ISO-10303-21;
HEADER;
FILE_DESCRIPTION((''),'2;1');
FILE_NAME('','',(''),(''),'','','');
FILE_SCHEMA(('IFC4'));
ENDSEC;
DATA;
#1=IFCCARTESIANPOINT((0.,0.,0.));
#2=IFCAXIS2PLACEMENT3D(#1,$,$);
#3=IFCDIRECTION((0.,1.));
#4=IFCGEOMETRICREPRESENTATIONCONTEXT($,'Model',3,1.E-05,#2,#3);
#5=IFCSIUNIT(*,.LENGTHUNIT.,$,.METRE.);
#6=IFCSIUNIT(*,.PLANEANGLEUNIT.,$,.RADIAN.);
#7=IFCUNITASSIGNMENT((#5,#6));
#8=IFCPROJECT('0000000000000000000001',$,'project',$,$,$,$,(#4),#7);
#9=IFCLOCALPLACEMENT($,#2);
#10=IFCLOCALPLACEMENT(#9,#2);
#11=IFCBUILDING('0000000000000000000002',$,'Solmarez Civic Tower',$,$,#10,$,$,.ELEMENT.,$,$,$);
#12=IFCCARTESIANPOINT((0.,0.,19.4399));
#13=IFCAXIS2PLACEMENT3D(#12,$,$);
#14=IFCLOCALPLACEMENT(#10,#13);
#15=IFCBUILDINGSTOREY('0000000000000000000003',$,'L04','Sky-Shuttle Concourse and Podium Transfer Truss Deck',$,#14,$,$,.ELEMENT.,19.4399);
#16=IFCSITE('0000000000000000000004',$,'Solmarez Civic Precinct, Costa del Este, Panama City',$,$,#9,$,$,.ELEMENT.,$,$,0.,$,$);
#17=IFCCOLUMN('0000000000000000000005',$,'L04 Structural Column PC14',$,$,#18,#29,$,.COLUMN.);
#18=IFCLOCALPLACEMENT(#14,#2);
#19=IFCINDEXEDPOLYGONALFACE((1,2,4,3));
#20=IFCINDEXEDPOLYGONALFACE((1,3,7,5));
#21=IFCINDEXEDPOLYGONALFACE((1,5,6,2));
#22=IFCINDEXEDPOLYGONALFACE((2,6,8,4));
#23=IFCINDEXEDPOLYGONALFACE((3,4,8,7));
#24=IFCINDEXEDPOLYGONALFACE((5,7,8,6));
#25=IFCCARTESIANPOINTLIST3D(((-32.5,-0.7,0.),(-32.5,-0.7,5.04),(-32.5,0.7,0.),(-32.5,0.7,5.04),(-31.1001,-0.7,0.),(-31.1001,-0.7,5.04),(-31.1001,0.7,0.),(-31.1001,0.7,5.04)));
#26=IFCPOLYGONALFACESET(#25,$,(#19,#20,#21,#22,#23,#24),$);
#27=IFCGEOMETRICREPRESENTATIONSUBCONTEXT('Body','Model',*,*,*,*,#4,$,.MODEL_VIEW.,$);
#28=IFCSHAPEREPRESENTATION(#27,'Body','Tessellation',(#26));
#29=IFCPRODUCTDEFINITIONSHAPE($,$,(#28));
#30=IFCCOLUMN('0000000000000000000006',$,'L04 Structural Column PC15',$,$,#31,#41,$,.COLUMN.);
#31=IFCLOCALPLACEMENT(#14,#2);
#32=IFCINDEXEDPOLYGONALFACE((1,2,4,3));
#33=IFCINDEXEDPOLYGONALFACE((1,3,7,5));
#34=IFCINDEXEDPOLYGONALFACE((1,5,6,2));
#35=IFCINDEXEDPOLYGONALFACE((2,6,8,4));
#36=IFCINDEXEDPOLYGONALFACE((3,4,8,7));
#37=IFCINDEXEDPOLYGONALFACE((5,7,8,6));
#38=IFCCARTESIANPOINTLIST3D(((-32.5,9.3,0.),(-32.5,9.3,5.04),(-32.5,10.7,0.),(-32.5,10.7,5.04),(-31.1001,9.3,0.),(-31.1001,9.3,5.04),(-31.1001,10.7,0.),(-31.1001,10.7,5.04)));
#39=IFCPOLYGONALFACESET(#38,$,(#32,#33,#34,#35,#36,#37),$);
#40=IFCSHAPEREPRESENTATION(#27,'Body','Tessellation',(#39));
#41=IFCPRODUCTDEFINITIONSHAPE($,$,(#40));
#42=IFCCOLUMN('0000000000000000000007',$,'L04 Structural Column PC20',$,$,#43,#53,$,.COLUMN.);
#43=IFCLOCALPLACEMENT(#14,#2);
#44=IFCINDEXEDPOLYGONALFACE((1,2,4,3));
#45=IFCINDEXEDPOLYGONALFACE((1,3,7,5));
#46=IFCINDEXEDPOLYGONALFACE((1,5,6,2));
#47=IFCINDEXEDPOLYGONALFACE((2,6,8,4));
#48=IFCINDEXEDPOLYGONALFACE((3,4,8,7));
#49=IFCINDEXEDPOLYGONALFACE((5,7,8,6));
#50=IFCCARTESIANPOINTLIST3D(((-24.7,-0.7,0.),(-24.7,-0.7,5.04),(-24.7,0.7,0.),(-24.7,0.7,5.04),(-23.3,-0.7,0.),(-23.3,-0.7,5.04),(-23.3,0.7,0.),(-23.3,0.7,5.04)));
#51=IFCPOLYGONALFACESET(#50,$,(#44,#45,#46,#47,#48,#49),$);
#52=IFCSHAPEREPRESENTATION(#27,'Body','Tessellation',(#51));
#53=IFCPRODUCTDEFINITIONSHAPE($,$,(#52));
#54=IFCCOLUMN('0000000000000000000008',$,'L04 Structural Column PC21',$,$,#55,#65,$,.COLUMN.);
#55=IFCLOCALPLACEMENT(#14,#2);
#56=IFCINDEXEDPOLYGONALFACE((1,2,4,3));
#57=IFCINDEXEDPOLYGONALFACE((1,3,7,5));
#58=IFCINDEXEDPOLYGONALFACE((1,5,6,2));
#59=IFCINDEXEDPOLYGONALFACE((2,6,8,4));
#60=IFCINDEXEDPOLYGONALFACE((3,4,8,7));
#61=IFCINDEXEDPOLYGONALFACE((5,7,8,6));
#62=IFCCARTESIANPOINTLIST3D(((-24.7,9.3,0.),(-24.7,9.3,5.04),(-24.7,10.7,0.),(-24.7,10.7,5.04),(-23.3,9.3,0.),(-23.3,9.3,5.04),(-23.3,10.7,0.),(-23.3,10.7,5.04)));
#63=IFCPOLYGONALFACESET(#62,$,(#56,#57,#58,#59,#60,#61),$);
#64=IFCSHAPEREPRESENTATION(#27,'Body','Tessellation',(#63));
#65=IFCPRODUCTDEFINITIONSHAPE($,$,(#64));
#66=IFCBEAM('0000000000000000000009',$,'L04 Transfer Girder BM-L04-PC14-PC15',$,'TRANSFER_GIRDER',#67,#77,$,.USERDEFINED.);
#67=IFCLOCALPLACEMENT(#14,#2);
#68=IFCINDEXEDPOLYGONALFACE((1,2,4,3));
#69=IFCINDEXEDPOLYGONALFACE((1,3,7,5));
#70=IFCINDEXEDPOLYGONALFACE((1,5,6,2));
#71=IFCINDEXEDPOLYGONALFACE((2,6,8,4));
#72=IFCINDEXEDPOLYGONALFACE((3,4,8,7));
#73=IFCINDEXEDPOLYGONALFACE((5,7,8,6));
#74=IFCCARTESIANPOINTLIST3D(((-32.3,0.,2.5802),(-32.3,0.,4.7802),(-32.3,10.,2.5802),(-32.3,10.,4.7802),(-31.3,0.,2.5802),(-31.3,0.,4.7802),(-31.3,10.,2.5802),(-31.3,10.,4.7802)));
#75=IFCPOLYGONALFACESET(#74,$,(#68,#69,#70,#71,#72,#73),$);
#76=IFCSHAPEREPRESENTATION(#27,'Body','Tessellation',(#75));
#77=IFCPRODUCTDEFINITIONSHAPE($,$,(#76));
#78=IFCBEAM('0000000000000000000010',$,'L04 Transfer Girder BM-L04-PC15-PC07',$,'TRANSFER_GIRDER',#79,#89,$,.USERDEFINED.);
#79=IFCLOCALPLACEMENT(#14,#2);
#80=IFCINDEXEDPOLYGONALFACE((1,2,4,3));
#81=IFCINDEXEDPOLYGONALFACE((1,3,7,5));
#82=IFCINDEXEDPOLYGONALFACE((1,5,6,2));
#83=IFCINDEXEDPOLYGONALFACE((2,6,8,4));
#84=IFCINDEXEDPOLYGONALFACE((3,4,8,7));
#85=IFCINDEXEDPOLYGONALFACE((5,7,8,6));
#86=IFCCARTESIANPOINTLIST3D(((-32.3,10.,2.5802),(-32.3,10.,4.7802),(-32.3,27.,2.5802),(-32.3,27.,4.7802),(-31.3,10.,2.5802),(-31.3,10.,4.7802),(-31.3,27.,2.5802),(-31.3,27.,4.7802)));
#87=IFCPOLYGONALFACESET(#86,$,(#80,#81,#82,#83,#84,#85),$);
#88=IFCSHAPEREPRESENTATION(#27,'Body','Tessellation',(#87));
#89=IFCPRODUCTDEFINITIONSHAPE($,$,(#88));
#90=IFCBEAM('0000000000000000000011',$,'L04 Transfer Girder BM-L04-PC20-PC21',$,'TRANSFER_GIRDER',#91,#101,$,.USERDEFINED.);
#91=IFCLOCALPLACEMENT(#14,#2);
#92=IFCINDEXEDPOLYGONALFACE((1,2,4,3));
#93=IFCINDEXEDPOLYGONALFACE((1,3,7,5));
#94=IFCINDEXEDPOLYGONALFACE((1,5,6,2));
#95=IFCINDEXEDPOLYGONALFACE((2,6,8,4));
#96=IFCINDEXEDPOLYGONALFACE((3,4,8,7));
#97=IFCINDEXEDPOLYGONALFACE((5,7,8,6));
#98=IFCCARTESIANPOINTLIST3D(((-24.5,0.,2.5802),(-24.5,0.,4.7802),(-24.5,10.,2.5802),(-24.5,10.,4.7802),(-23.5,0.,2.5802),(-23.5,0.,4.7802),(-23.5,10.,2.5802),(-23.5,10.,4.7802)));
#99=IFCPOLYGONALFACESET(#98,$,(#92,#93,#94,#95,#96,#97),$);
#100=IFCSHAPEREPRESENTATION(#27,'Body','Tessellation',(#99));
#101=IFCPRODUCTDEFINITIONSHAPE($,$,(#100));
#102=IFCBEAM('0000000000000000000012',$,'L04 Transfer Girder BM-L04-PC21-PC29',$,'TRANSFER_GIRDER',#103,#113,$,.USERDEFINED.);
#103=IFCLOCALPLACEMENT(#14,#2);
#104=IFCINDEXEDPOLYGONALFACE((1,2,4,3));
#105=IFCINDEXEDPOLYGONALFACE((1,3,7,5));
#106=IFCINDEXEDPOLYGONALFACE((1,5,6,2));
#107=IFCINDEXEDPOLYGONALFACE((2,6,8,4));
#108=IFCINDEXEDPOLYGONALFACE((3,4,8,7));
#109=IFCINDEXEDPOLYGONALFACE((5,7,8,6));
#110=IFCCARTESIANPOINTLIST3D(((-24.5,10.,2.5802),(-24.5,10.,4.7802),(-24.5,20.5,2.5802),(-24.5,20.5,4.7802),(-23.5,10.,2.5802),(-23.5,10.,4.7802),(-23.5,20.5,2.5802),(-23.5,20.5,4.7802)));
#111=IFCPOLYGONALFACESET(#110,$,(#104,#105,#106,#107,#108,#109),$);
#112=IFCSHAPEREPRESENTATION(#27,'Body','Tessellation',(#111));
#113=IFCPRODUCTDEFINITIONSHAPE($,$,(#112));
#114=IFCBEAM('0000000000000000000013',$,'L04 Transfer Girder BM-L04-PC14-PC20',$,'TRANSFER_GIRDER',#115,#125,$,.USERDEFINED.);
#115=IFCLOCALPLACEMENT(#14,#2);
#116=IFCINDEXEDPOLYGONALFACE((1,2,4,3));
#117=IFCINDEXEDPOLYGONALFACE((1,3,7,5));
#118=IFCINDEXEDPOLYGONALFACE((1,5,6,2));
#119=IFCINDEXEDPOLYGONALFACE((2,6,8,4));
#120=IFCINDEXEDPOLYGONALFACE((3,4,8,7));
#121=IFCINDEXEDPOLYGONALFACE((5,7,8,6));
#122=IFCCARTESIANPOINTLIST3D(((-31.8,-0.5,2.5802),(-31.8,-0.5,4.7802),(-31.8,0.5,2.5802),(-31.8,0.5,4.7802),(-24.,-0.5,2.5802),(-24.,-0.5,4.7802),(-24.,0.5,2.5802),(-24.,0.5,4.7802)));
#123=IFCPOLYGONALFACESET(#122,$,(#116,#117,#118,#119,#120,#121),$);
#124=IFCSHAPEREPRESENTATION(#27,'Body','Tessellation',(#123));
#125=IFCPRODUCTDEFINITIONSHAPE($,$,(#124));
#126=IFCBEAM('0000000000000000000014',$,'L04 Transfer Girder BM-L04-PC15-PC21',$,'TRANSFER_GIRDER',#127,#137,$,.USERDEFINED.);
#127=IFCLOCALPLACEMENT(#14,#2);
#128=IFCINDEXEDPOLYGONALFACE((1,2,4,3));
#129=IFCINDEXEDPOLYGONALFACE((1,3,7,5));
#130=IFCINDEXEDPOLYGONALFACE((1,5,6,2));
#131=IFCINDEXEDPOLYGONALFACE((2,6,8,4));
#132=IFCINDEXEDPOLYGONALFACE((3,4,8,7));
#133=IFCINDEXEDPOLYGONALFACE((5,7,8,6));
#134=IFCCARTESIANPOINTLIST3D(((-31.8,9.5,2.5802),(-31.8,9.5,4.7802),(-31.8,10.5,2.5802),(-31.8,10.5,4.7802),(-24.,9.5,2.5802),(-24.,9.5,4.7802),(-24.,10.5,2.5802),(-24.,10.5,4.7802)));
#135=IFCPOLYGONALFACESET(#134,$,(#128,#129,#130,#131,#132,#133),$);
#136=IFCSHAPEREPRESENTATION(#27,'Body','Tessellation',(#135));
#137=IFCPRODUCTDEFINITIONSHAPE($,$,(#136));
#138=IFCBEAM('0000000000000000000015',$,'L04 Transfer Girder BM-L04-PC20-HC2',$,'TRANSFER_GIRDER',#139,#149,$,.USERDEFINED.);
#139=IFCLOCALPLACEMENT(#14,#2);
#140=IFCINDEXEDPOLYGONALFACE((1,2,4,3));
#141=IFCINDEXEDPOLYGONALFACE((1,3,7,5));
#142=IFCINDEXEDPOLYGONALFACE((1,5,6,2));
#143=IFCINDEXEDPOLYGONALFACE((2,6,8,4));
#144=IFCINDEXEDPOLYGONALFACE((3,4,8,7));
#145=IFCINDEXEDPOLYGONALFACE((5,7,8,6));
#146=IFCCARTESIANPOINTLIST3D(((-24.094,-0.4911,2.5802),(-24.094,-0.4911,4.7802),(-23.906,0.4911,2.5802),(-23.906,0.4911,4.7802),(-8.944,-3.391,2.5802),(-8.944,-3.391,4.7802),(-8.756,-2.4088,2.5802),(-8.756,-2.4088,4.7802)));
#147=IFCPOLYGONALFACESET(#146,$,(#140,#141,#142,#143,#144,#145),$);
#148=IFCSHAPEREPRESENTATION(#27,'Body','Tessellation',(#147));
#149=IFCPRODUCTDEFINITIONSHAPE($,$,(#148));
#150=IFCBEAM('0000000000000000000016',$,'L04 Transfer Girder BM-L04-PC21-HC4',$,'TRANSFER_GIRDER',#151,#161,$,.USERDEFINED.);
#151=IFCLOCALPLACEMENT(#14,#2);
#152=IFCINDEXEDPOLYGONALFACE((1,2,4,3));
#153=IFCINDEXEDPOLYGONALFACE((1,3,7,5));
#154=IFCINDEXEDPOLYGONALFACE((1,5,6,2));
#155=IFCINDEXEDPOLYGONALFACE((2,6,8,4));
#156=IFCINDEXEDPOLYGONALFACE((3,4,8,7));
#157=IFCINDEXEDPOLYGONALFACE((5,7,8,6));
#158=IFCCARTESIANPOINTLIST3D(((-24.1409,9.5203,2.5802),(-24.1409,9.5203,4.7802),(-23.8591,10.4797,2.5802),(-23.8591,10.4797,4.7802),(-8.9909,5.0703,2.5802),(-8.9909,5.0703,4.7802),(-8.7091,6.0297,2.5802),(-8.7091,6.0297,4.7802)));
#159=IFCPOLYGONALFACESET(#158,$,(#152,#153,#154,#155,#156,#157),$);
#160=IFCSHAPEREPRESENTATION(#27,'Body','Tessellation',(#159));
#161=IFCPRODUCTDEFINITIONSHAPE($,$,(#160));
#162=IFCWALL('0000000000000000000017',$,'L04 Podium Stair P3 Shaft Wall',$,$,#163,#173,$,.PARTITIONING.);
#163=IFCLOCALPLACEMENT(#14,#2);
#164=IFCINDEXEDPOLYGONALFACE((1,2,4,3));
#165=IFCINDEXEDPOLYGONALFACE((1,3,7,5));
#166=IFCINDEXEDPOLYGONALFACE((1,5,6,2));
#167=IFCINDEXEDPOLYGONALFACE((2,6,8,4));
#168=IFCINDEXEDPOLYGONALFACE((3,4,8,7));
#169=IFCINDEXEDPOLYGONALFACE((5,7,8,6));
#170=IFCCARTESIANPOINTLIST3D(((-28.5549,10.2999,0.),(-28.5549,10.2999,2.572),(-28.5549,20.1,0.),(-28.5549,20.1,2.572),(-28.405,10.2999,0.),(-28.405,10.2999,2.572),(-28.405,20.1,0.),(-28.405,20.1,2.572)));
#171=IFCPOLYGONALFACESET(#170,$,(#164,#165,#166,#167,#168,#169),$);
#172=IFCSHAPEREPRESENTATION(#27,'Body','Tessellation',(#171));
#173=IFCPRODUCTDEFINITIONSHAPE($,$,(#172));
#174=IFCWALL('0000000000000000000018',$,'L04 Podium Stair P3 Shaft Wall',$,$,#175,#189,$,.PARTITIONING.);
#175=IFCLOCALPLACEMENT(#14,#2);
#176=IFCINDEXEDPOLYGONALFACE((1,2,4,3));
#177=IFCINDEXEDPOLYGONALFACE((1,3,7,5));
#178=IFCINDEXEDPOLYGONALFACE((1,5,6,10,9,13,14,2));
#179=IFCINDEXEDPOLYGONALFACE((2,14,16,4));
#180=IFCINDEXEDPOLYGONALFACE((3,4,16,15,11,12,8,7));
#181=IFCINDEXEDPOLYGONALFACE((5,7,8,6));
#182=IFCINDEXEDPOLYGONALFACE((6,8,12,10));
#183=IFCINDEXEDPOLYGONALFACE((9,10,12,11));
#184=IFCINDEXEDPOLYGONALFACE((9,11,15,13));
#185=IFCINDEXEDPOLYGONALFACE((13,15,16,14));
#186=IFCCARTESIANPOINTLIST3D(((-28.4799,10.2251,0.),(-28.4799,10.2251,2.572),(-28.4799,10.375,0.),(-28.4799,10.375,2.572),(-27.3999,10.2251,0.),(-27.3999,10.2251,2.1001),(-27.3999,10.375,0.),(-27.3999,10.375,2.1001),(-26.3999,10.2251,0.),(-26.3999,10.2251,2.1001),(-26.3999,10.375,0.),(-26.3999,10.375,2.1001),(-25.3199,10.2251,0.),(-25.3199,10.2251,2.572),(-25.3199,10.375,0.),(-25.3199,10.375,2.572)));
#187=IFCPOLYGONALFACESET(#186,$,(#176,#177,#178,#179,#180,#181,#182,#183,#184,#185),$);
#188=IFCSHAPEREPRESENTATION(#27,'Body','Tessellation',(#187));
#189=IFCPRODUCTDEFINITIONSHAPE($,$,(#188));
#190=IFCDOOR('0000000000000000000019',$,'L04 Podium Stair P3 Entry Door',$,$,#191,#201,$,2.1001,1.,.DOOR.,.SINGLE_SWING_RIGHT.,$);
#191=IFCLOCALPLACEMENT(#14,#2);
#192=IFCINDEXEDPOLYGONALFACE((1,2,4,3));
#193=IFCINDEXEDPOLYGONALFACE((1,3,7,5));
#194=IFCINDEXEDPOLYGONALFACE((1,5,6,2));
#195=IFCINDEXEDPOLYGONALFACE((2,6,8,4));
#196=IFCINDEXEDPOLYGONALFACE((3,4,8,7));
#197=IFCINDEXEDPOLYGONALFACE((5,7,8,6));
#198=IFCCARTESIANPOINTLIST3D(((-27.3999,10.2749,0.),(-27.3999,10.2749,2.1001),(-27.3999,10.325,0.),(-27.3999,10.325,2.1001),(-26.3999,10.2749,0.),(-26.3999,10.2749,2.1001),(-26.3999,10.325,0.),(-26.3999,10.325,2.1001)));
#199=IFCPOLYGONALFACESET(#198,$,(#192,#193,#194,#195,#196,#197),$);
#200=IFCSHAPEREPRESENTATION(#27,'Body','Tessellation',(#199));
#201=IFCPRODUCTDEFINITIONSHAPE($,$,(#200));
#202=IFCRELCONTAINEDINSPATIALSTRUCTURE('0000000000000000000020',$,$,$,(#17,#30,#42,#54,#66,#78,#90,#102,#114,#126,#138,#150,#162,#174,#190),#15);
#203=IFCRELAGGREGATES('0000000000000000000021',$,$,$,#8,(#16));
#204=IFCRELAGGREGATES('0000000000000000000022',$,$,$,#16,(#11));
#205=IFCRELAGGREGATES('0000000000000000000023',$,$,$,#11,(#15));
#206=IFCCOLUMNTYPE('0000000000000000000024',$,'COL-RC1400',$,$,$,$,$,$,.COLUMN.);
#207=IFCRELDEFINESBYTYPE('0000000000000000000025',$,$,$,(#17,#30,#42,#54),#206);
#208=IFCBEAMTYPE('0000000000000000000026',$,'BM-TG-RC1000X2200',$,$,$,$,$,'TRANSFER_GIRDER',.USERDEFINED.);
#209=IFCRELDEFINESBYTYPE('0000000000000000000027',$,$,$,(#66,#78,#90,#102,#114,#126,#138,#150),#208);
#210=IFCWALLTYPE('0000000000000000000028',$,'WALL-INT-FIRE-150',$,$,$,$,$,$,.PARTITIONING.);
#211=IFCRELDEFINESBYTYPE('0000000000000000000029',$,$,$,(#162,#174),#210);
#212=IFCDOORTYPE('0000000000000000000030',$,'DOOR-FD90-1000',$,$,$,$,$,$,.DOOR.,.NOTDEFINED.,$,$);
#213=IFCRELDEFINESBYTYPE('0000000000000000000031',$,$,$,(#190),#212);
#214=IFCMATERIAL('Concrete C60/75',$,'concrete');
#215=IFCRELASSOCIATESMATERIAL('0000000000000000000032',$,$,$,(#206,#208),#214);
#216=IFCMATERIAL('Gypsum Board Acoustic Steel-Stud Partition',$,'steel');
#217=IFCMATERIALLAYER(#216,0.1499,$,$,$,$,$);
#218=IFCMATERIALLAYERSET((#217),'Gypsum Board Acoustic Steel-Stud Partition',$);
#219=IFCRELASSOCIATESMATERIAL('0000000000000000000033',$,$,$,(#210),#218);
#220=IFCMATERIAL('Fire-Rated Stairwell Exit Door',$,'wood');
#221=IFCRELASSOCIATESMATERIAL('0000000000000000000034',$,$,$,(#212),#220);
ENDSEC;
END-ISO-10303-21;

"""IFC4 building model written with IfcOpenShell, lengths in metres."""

from ifc_helpers import new_model, si_unit, direction, frame, frame_2d, origin, origin_2d, place, context, subcontext, project, spatial, rectangle, extrude, material, layer, layer_set, material_profile, profile_set, type_object, element, fill, save


model = new_model("IFC4")

# Units and contexts
model_context = context("Model", 3, precision=1e-05, world=origin(), true_north=direction((0.0, 1.0)))
body_context = subcontext(model_context, "Body", "Model", "MODEL_VIEW")
ifc_project = project(units=[si_unit("LENGTHUNIT", "METRE"), si_unit("PLANEANGLEUNIT", "RADIAN")], contexts=[model_context])

# Site, building, storey
site_placement = place(None, origin())
site = spatial("IfcSite", under=ifc_project, at=site_placement, Name="Solmarez Civic Precinct, Costa del Este, Panama City", CompositionType="ELEMENT", RefElevation=0.0)
building_placement = place(site_placement, origin())
building = spatial("IfcBuilding", under=site, at=building_placement, Name="Solmarez Civic Tower", CompositionType="ELEMENT")
storey_placement = place(building_placement, frame((0.0, 0.0, 19.4399)))
storey = spatial("IfcBuildingStorey", under=building, at=storey_placement, Name="L04", Description="Sky-Shuttle Concourse and Podium Transfer Truss Deck", CompositionType="ELEMENT", Elevation=19.4399)

# Columns
ifc_material_1 = material(Name="Concrete C60/75", Category="concrete")
ifc_material_profile_1 = material_profile(ifc_material_1, rectangle(XDim=1.3999, YDim=1.3999, at=origin_2d()), Name="RC1400X1400")
ifc_profile_set_1 = profile_set([ifc_material_profile_1], Name="Concrete C60/75")
column_type = type_object("IfcColumnType", Name="COL-RC1400", PredefinedType="COLUMN", material=ifc_profile_set_1)
for number, where, z_axis, x_axis, name in (
    (1, (-31.8, 0.0, 0.0), (0.0, 0.0, 1.0), (1.0, 0.0, 0.0), "L04 Structural Column PC14"),
    (2, (-31.8, 10.0, 0.0), (0.0, 0.0, 1.0), (1.0, 0.0, 0.0), "L04 Structural Column PC15"),
    (3, (-24.0, 0.0, 0.0), (0.0, 0.0, 1.0), (1.0, 0.0, 0.0), "L04 Structural Column PC20"),
    (4, (-24.0, 10.0, 0.0), (0.0, 0.0, 1.0), (1.0, 0.0, 0.0), "L04 Structural Column PC21"),
):
    element("IfcColumn", number, at=place(storey_placement, frame(where, z_axis=z_axis, x_axis=x_axis)), inside=storey, type_object=column_type, Name=name, PredefinedType="COLUMN", context=body_context, shape_type="SweptSolid", body=[
        extrude(rectangle(XDim=1.3999, YDim=1.3999, at=origin_2d()), origin(), (0.0, 0.0, 1.0), 5.04),
    ])

# Beams
ifc_material_profile_2 = material_profile(ifc_material_1, rectangle(XDim=1.0, YDim=2.2, at=origin_2d()), Name="RC1000X2200")
ifc_profile_set_2 = profile_set([ifc_material_profile_2], Name="Concrete C60/75")
beam_type = type_object("IfcBeamType", Name="BM-TG-RC1000X2200", ElementType="TRANSFER_GIRDER", PredefinedType="USERDEFINED", material=ifc_profile_set_2)
beam_1_placement = place(storey_placement, frame((-31.8, 0.0, 3.6802), z_axis=(0.0, 1.0, 0.0), x_axis=(-1.0, 0.0, 0.0)))
element("IfcBeam", 5, at=beam_1_placement, inside=storey, type_object=beam_type, Name="L04 Transfer Girder BM-L04-PC14-PC15", ObjectType="TRANSFER_GIRDER", PredefinedType="USERDEFINED", context=body_context, shape_type="SweptSolid", body=[
    extrude(rectangle(XDim=1.0, YDim=2.2, at=origin_2d()), origin(), (0.0, 0.0, 1.0), 10.0),
])
beam_2_placement = place(storey_placement, frame((-31.8, 10.0, 3.6802), z_axis=(0.0, 1.0, 0.0), x_axis=(-1.0, 0.0, 0.0)))
element("IfcBeam", 6, at=beam_2_placement, inside=storey, type_object=beam_type, Name="L04 Transfer Girder BM-L04-PC15-PC07", ObjectType="TRANSFER_GIRDER", PredefinedType="USERDEFINED", context=body_context, shape_type="SweptSolid", body=[
    extrude(rectangle(XDim=1.0, YDim=2.2, at=origin_2d()), origin(), (0.0, 0.0, 1.0), 17.0),
])
beam_3_placement = place(storey_placement, frame((-24.0, 0.0, 3.6802), z_axis=(0.0, 1.0, 0.0), x_axis=(-1.0, 0.0, 0.0)))
element("IfcBeam", 7, at=beam_3_placement, inside=storey, type_object=beam_type, Name="L04 Transfer Girder BM-L04-PC20-PC21", ObjectType="TRANSFER_GIRDER", PredefinedType="USERDEFINED", context=body_context, shape_type="SweptSolid", body=[
    extrude(rectangle(XDim=1.0, YDim=2.2, at=origin_2d()), origin(), (0.0, 0.0, 1.0), 10.0),
])
beam_4_placement = place(storey_placement, frame((-24.0, 10.0, 3.6802), z_axis=(0.0, 1.0, 0.0), x_axis=(-1.0, 0.0, 0.0)))
element("IfcBeam", 8, at=beam_4_placement, inside=storey, type_object=beam_type, Name="L04 Transfer Girder BM-L04-PC21-PC29", ObjectType="TRANSFER_GIRDER", PredefinedType="USERDEFINED", context=body_context, shape_type="SweptSolid", body=[
    extrude(rectangle(XDim=1.0, YDim=2.2, at=origin_2d()), origin(), (0.0, 0.0, 1.0), 10.5),
])
for number, where, z_axis, x_axis, name in (
    (9, (-31.8, 0.0, 3.6802), (1.0, 0.0, 0.0), (0.0, 1.0, 0.0), "L04 Transfer Girder BM-L04-PC14-PC20"),
    (10, (-31.8, 10.0, 3.6802), (1.0, 0.0, 0.0), (0.0, 1.0, 0.0), "L04 Transfer Girder BM-L04-PC15-PC21"),
):
    element("IfcBeam", number, at=place(storey_placement, frame(where, z_axis=z_axis, x_axis=x_axis)), inside=storey, type_object=beam_type, Name=name, ObjectType="TRANSFER_GIRDER", PredefinedType="USERDEFINED", context=body_context, shape_type="SweptSolid", body=[
        extrude(rectangle(XDim=1.0, YDim=2.2, at=origin_2d()), origin(), (0.0, 0.0, 1.0), 7.8),
    ])
beam_5_placement = place(storey_placement, frame((-24.0, 0.0, 3.6802), z_axis=(0.982169, -0.188001, 0.0), x_axis=(0.188001, 0.982169, 0.0)))
element("IfcBeam", 11, at=beam_5_placement, inside=storey, type_object=beam_type, Name="L04 Transfer Girder BM-L04-PC20-HC2", ObjectType="TRANSFER_GIRDER", PredefinedType="USERDEFINED", context=body_context, shape_type="SweptSolid", body=[
    extrude(rectangle(XDim=1.0, YDim=2.2, at=origin_2d()), origin(), (0.0, 0.0, 1.0), 15.425),
])
beam_6_placement = place(storey_placement, frame((-24.0, 10.0, 3.6802), z_axis=(0.959467, -0.281822, 0.0), x_axis=(0.281822, 0.959467, 0.0)))
element("IfcBeam", 12, at=beam_6_placement, inside=storey, type_object=beam_type, Name="L04 Transfer Girder BM-L04-PC21-HC4", ObjectType="TRANSFER_GIRDER", PredefinedType="USERDEFINED", context=body_context, shape_type="SweptSolid", body=[
    extrude(rectangle(XDim=1.0, YDim=2.2, at=origin_2d()), origin(), (0.0, 0.0, 1.0), 15.79),
])

# Wall
ifc_material_2 = material(Name="Gypsum Board Acoustic Steel-Stud Partition", Category="steel")
ifc_layer_1 = layer(ifc_material_2, 0.1499)
ifc_layer_set_1 = layer_set([ifc_layer_1], Name="Gypsum Board Acoustic Steel-Stud Partition")
wall_type_1 = type_object("IfcWallType", Name="WALL-INT-FIRE-150", PredefinedType="PARTITIONING", material=ifc_layer_set_1)
wall_1_placement = place(storey_placement, frame((-28.48, 10.3, 0.0), z_axis=(0.0, 0.0, 1.0), x_axis=(0.0, 1.0, 0.0)))
element("IfcWall", 13, at=wall_1_placement, inside=storey, type_object=wall_type_1, Name="L04 Podium Stair P3 Shaft Wall", PredefinedType="PARTITIONING", context=body_context, shape_type="SweptSolid", body=[
    extrude(rectangle(XDim=9.8, YDim=0.1499, at=frame_2d((4.8999, 0.0))), origin(), (0.0, 0.0, 1.0), 2.572),
])

# Wall, opening, door
wall_2_placement = place(storey_placement, frame((-28.48, 10.3, 0.0), z_axis=(0.0, 0.0, 1.0), x_axis=(1.0, 0.0, 0.0)))
wall_2 = element("IfcWall", 14, at=wall_2_placement, inside=storey, type_object=wall_type_1, Name="L04 Podium Stair P3 Shaft Wall", PredefinedType="PARTITIONING", context=body_context, shape_type="SweptSolid", body=[
    extrude(rectangle(XDim=3.1599, YDim=0.1499, at=frame_2d((1.5801, 0.0))), origin(), (0.0, 0.0, 1.0), 2.572),
])
opening_1_placement = place(wall_2_placement, frame((1.0801, 0.0, 0.0)))
opening_1 = element("IfcOpeningElement", 15, at=opening_1_placement, cuts=wall_2, PredefinedType="OPENING", context=body_context, shape_type="SweptSolid", body=[
    extrude(rectangle(XDim=1.0, YDim=2.1001, at=frame_2d((0.5, 1.05))), frame((0.0, 0.085, 0.0), z_axis=(0.0, -1.0, 0.0), x_axis=(1.0, 0.0, 0.0)), (0.0, 0.0, 1.0), 0.1699),
])
ifc_material_3 = material(Name="Fire-Rated Stairwell Exit Door", Category="wood")
door_type_1 = type_object("IfcDoorType", Name="DOOR-FD90-1000", OperationType="NOTDEFINED", PredefinedType="DOOR", material=ifc_material_3)
door_1_placement = place(opening_1_placement, origin())
door_1 = element("IfcDoor", 16, at=door_1_placement, inside=storey, type_object=door_type_1, Name="L04 Podium Stair P3 Entry Door", OperationType="SINGLE_SWING_RIGHT", OverallHeight=2.1001, OverallWidth=1.0, PredefinedType="DOOR", context=body_context, shape_type="SweptSolid", body=[
    extrude(rectangle(XDim=1.0, YDim=2.1001, at=frame_2d((0.5, 1.05))), frame((0.0, 0.0249, 0.0), z_axis=(0.0, -1.0, 0.0), x_axis=(1.0, 0.0, 0.0)), (0.0, 0.0, 1.0), 0.05),
])
fill(opening_1, door_1)

save(model, "model.ifc")
